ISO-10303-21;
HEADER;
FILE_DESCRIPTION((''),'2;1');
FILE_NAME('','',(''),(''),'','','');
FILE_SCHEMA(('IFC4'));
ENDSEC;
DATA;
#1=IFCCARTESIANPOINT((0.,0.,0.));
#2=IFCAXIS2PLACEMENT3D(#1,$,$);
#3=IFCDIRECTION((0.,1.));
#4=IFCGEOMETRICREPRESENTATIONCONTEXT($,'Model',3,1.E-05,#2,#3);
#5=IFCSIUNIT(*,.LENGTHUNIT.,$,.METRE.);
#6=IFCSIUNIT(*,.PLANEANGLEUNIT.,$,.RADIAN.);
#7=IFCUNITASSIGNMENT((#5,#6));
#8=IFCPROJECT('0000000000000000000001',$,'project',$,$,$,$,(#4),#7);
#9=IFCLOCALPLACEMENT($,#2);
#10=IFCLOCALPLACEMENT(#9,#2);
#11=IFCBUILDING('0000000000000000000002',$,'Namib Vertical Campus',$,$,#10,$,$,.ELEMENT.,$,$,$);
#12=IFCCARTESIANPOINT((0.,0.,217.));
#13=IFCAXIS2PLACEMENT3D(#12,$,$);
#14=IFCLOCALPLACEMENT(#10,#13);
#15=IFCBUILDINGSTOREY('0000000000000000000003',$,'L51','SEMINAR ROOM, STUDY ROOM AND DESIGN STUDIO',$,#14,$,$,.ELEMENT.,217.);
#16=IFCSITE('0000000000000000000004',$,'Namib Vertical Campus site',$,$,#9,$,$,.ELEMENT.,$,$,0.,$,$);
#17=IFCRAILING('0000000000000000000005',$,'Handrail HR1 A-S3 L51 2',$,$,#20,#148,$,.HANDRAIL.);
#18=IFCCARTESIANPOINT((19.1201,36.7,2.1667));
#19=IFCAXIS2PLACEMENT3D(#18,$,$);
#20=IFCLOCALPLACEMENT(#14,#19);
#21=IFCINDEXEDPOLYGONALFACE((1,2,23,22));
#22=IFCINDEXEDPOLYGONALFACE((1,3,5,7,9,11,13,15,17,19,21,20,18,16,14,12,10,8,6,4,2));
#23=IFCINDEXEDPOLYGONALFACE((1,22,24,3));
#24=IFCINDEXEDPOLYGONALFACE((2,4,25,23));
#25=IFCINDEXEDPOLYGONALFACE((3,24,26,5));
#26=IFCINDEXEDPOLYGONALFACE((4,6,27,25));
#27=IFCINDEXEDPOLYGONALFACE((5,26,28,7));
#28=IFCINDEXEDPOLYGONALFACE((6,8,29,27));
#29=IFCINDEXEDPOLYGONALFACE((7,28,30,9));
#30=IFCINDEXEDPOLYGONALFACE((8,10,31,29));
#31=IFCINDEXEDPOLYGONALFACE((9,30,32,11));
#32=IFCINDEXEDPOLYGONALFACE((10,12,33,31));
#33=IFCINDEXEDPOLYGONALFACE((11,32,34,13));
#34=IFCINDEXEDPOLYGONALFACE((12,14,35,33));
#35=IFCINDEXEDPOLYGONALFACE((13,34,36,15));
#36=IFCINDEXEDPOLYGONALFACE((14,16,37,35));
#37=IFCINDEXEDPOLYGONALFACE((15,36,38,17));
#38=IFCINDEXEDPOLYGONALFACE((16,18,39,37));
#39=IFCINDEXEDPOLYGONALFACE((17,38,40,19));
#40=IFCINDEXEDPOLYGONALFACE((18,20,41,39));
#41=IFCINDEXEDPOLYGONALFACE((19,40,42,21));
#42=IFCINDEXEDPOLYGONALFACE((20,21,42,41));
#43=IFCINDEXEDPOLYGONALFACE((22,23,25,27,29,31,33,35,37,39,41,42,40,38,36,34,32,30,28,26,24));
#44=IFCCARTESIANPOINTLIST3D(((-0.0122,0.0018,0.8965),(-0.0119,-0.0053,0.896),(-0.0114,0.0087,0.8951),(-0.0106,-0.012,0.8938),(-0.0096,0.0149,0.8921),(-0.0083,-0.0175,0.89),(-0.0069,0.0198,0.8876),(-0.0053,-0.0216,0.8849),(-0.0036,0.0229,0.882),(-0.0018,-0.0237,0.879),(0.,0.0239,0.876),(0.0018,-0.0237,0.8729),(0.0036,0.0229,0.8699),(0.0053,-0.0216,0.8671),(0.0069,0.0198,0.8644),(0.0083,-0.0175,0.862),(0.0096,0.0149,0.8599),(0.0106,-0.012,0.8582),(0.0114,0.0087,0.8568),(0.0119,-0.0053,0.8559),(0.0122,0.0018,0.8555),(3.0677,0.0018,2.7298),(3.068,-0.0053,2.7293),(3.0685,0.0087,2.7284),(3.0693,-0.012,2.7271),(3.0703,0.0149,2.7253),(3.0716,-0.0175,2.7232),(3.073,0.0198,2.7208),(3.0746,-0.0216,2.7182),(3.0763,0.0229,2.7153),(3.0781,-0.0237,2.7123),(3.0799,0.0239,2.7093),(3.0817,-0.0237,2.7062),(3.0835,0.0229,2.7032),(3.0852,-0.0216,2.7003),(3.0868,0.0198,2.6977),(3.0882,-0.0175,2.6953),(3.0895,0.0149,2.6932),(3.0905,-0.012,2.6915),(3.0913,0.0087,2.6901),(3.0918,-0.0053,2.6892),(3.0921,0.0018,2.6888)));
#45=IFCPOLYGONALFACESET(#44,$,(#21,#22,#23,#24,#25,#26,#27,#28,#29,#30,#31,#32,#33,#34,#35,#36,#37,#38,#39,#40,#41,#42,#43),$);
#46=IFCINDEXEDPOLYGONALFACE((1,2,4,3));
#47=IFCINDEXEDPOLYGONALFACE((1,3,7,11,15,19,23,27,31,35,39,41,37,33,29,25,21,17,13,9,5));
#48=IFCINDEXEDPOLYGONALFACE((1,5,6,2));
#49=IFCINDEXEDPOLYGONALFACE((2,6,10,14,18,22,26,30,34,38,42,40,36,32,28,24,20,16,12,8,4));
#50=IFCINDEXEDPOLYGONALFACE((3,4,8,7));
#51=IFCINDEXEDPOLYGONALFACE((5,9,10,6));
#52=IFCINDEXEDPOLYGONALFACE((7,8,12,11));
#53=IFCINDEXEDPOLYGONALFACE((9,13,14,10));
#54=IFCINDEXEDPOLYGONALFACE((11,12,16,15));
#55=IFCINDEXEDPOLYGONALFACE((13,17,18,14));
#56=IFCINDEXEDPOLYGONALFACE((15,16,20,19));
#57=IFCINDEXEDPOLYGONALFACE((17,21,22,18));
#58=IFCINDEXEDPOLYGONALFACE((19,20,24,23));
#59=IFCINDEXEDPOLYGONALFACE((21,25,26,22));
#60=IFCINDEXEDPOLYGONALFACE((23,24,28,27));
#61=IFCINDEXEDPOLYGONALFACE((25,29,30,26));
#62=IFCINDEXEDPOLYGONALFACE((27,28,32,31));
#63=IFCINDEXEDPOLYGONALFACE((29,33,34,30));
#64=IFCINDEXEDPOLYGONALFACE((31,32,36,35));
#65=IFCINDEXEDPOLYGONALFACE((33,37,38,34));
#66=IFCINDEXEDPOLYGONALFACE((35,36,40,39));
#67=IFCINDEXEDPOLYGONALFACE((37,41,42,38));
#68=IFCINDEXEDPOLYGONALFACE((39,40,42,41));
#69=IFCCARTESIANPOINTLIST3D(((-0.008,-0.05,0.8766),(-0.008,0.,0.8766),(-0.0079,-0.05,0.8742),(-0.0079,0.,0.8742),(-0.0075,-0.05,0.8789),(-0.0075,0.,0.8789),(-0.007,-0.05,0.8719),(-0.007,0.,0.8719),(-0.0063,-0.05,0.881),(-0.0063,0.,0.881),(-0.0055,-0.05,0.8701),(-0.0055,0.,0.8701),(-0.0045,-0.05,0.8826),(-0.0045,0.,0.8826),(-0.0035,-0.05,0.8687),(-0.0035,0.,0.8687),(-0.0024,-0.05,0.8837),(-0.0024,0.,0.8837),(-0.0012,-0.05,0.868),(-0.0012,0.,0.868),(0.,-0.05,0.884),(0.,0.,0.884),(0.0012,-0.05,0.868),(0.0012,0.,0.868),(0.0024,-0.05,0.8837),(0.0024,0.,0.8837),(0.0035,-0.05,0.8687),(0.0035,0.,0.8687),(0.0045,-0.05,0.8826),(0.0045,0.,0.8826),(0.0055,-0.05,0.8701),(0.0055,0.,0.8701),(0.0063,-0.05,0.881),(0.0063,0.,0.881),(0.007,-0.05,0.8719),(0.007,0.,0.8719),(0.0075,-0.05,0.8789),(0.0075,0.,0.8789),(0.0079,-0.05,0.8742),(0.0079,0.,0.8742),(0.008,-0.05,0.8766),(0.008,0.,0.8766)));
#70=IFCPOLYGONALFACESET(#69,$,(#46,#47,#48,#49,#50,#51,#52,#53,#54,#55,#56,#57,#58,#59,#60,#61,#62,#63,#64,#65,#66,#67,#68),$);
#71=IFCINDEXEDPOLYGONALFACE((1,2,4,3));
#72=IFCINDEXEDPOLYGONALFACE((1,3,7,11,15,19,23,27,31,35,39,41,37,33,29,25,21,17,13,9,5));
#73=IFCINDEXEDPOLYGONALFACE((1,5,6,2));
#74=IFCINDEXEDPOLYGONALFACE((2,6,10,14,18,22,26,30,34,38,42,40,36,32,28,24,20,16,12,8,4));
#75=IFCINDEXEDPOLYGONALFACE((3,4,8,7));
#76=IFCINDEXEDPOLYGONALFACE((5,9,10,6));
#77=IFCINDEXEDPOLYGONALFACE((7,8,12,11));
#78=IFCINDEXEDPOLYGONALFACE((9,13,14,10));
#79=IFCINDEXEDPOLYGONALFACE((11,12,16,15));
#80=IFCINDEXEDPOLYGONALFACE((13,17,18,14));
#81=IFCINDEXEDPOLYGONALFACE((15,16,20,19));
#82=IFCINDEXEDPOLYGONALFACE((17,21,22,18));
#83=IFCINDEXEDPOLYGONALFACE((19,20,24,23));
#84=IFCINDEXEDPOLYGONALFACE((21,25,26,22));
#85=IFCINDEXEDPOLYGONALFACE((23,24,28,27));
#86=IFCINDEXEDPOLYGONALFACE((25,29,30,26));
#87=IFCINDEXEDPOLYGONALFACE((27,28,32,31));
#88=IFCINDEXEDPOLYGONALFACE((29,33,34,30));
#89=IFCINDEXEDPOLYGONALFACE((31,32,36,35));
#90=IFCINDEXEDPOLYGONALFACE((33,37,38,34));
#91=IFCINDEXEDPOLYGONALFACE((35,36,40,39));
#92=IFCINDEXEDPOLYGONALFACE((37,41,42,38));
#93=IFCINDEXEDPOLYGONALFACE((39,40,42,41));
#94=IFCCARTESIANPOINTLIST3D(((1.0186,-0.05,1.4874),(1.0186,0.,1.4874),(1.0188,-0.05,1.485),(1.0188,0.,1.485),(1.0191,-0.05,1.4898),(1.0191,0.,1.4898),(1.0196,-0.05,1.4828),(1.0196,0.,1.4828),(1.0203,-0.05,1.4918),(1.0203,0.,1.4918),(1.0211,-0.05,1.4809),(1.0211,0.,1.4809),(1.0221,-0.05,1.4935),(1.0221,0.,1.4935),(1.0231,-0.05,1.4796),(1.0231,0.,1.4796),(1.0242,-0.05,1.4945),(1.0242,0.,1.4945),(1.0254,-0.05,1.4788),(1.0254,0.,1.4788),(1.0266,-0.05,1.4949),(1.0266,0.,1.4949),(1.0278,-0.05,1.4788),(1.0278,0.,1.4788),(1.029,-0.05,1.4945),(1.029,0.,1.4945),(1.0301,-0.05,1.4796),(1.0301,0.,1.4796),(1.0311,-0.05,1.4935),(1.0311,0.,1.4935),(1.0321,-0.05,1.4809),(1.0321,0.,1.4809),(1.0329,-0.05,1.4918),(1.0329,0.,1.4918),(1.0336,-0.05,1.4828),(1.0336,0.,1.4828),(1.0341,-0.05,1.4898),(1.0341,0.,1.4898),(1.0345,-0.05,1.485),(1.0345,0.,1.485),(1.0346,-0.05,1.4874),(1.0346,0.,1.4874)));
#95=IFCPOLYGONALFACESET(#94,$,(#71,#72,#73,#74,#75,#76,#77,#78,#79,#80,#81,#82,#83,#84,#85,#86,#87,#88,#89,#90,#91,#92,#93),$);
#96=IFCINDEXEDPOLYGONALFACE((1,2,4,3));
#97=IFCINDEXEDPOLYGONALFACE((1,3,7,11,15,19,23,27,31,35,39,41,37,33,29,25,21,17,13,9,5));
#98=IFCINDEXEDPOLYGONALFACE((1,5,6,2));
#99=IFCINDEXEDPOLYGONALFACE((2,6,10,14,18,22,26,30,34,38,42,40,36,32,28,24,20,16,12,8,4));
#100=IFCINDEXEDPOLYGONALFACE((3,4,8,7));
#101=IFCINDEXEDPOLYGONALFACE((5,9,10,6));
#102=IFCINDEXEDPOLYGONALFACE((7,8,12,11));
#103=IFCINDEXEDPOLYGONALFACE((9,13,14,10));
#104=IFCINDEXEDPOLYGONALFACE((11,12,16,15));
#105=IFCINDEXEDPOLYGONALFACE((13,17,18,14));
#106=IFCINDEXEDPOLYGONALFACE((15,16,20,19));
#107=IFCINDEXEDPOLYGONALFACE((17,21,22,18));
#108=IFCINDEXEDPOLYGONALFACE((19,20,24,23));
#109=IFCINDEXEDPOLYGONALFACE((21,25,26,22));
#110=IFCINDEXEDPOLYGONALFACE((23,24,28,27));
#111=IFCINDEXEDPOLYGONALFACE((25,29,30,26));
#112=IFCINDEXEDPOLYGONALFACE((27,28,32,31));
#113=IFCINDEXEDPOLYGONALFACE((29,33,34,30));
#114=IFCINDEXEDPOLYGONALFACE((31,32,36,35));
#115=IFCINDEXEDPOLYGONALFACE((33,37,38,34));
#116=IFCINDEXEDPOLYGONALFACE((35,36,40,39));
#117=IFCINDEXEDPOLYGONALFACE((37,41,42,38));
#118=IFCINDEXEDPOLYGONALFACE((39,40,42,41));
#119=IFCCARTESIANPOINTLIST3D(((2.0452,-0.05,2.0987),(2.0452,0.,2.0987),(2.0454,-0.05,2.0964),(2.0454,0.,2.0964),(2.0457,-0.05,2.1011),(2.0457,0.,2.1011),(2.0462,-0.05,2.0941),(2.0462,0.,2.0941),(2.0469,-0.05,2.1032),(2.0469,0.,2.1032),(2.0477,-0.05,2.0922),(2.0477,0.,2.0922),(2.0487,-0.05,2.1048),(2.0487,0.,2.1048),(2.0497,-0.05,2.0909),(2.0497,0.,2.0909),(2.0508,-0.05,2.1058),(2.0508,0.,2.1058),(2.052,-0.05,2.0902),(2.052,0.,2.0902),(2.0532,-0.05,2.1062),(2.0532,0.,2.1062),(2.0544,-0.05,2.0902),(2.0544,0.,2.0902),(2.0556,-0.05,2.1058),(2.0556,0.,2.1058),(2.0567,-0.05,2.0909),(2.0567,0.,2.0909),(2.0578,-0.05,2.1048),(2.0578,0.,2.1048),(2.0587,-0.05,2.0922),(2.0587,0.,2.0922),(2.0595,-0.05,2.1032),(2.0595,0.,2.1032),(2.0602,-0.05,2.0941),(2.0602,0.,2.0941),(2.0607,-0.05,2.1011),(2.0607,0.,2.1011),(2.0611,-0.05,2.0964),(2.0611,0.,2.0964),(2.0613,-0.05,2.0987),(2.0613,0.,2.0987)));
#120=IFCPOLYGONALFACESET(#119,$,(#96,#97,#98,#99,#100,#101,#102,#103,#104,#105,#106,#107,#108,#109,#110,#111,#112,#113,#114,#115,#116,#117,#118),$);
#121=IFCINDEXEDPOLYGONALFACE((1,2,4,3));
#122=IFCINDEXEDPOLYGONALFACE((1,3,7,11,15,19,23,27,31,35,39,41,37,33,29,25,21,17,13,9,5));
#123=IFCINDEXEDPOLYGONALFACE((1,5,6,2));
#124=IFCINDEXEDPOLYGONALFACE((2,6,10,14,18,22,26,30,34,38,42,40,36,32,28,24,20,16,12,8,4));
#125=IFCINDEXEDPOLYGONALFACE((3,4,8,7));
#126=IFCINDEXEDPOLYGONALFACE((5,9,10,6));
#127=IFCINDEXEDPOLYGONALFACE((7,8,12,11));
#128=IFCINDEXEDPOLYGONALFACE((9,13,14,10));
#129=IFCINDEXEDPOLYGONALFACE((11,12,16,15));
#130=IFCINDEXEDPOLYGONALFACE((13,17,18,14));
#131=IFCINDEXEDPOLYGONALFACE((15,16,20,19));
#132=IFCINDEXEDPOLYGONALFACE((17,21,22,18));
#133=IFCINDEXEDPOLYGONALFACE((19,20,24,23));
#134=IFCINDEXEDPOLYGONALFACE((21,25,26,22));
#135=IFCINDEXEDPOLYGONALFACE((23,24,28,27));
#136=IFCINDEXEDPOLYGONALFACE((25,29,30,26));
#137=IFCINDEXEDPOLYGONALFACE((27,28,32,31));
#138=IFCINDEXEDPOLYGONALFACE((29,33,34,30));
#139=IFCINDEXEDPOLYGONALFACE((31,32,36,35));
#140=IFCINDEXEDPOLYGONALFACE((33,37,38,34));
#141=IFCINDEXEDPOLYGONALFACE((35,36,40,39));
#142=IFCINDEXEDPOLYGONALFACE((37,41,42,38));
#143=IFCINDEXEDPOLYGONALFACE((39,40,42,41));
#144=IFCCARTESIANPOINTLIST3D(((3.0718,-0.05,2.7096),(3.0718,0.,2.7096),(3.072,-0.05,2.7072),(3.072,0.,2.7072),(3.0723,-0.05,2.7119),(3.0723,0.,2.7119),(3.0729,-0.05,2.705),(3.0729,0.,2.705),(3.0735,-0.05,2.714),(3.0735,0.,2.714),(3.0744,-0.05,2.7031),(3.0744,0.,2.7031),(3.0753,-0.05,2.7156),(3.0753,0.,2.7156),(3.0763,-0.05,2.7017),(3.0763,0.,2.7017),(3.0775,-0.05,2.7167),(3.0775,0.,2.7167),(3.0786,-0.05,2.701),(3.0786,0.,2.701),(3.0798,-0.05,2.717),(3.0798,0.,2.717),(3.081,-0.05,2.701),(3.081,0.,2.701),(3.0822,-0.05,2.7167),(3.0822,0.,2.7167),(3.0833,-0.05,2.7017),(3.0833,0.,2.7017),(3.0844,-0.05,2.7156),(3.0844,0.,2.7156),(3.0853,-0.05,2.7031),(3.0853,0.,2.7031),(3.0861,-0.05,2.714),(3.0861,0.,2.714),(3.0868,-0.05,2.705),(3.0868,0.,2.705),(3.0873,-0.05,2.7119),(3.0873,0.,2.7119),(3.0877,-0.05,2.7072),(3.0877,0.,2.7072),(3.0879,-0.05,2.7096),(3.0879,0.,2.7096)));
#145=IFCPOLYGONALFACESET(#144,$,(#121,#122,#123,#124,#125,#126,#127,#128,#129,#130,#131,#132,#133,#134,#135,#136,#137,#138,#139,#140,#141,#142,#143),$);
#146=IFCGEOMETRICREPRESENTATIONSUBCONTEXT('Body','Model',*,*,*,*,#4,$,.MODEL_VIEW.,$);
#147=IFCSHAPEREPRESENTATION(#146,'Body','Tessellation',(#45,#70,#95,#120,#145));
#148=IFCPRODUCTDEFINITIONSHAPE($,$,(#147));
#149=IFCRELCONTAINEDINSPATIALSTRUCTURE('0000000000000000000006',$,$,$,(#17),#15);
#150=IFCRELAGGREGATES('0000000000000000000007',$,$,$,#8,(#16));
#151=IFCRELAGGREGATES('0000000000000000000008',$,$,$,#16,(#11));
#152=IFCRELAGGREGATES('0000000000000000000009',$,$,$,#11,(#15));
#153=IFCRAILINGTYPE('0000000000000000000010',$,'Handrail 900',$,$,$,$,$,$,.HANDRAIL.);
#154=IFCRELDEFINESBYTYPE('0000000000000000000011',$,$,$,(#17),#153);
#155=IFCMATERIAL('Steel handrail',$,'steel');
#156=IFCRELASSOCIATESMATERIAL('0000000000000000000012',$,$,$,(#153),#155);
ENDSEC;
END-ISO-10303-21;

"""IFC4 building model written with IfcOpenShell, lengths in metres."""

from ifc_helpers import new_model, si_unit, direction, frame, origin, origin_2d, place, context, subcontext, project, spatial, circle, extrude, material, type_object, element, save


model = new_model("IFC4")

# Units and contexts
model_context = context("Model", 3, precision=1e-05, world=origin(), true_north=direction((0.0, 1.0)))
body_context = subcontext(model_context, "Body", "Model", "MODEL_VIEW")
ifc_project = project(units=[si_unit("LENGTHUNIT", "METRE"), si_unit("PLANEANGLEUNIT", "RADIAN")], contexts=[model_context])

# Site, building, storey
site_placement = place(None, origin())
site = spatial("IfcSite", under=ifc_project, at=site_placement, Name="Namib Vertical Campus site", CompositionType="ELEMENT", RefElevation=0.0)
building_placement = place(site_placement, origin())
building = spatial("IfcBuilding", under=site, at=building_placement, Name="Namib Vertical Campus", CompositionType="ELEMENT")
storey_placement = place(building_placement, frame((0.0, 0.0, 217.0)))
storey = spatial("IfcBuildingStorey", under=building, at=storey_placement, Name="L51", Description="SEMINAR ROOM, STUDY ROOM AND DESIGN STUDIO", CompositionType="ELEMENT", Elevation=217.0)

# Railing
ifc_material_1 = material(Name="Steel handrail", Category="steel")
railing_type_1 = type_object("IfcRailingType", Name="Handrail 900", PredefinedType="HANDRAIL", material=ifc_material_1)
railing_1_placement = place(storey_placement, frame((19.1201, 36.7, 2.1667)))
element("IfcRailing", 1, at=railing_1_placement, inside=storey, type_object=railing_type_1, Name="Handrail HR1 A-S3 L51 2", PredefinedType="HANDRAIL", context=body_context, shape_type="SweptSolid", body=[
    extrude(circle(Radius=0.0239, at=origin_2d()), frame((0.0, 0.0, 0.876), z_axis=(0.859291, 0.0, 0.511487), x_axis=(0.0, 1.0, 0.0)), (0.0, 0.0, 1.0), 3.5842),
    extrude(circle(Radius=0.0081, at=origin_2d()), frame((0.0, 0.0, 0.876), z_axis=(0.0, -1.0, 0.0), x_axis=(0.0, 0.0, 1.0)), (0.0, 0.0, 1.0), 0.05),
    extrude(circle(Radius=0.0081, at=origin_2d()), frame((1.0266, 0.0, 1.4868), z_axis=(0.0, -1.0, 0.0), x_axis=(0.0, 0.0, 1.0)), (0.0, 0.0, 1.0), 0.05),
    extrude(circle(Radius=0.0081, at=origin_2d()), frame((2.0532, 0.0, 2.0981), z_axis=(0.0, -1.0, 0.0), x_axis=(0.0, 0.0, 1.0)), (0.0, 0.0, 1.0), 0.05),
    extrude(circle(Radius=0.0081, at=origin_2d()), frame((3.0798, 0.0, 2.709), z_axis=(0.0, -1.0, 0.0), x_axis=(0.0, 0.0, 1.0)), (0.0, 0.0, 1.0), 0.05),
])

save(model, "model.ifc")
